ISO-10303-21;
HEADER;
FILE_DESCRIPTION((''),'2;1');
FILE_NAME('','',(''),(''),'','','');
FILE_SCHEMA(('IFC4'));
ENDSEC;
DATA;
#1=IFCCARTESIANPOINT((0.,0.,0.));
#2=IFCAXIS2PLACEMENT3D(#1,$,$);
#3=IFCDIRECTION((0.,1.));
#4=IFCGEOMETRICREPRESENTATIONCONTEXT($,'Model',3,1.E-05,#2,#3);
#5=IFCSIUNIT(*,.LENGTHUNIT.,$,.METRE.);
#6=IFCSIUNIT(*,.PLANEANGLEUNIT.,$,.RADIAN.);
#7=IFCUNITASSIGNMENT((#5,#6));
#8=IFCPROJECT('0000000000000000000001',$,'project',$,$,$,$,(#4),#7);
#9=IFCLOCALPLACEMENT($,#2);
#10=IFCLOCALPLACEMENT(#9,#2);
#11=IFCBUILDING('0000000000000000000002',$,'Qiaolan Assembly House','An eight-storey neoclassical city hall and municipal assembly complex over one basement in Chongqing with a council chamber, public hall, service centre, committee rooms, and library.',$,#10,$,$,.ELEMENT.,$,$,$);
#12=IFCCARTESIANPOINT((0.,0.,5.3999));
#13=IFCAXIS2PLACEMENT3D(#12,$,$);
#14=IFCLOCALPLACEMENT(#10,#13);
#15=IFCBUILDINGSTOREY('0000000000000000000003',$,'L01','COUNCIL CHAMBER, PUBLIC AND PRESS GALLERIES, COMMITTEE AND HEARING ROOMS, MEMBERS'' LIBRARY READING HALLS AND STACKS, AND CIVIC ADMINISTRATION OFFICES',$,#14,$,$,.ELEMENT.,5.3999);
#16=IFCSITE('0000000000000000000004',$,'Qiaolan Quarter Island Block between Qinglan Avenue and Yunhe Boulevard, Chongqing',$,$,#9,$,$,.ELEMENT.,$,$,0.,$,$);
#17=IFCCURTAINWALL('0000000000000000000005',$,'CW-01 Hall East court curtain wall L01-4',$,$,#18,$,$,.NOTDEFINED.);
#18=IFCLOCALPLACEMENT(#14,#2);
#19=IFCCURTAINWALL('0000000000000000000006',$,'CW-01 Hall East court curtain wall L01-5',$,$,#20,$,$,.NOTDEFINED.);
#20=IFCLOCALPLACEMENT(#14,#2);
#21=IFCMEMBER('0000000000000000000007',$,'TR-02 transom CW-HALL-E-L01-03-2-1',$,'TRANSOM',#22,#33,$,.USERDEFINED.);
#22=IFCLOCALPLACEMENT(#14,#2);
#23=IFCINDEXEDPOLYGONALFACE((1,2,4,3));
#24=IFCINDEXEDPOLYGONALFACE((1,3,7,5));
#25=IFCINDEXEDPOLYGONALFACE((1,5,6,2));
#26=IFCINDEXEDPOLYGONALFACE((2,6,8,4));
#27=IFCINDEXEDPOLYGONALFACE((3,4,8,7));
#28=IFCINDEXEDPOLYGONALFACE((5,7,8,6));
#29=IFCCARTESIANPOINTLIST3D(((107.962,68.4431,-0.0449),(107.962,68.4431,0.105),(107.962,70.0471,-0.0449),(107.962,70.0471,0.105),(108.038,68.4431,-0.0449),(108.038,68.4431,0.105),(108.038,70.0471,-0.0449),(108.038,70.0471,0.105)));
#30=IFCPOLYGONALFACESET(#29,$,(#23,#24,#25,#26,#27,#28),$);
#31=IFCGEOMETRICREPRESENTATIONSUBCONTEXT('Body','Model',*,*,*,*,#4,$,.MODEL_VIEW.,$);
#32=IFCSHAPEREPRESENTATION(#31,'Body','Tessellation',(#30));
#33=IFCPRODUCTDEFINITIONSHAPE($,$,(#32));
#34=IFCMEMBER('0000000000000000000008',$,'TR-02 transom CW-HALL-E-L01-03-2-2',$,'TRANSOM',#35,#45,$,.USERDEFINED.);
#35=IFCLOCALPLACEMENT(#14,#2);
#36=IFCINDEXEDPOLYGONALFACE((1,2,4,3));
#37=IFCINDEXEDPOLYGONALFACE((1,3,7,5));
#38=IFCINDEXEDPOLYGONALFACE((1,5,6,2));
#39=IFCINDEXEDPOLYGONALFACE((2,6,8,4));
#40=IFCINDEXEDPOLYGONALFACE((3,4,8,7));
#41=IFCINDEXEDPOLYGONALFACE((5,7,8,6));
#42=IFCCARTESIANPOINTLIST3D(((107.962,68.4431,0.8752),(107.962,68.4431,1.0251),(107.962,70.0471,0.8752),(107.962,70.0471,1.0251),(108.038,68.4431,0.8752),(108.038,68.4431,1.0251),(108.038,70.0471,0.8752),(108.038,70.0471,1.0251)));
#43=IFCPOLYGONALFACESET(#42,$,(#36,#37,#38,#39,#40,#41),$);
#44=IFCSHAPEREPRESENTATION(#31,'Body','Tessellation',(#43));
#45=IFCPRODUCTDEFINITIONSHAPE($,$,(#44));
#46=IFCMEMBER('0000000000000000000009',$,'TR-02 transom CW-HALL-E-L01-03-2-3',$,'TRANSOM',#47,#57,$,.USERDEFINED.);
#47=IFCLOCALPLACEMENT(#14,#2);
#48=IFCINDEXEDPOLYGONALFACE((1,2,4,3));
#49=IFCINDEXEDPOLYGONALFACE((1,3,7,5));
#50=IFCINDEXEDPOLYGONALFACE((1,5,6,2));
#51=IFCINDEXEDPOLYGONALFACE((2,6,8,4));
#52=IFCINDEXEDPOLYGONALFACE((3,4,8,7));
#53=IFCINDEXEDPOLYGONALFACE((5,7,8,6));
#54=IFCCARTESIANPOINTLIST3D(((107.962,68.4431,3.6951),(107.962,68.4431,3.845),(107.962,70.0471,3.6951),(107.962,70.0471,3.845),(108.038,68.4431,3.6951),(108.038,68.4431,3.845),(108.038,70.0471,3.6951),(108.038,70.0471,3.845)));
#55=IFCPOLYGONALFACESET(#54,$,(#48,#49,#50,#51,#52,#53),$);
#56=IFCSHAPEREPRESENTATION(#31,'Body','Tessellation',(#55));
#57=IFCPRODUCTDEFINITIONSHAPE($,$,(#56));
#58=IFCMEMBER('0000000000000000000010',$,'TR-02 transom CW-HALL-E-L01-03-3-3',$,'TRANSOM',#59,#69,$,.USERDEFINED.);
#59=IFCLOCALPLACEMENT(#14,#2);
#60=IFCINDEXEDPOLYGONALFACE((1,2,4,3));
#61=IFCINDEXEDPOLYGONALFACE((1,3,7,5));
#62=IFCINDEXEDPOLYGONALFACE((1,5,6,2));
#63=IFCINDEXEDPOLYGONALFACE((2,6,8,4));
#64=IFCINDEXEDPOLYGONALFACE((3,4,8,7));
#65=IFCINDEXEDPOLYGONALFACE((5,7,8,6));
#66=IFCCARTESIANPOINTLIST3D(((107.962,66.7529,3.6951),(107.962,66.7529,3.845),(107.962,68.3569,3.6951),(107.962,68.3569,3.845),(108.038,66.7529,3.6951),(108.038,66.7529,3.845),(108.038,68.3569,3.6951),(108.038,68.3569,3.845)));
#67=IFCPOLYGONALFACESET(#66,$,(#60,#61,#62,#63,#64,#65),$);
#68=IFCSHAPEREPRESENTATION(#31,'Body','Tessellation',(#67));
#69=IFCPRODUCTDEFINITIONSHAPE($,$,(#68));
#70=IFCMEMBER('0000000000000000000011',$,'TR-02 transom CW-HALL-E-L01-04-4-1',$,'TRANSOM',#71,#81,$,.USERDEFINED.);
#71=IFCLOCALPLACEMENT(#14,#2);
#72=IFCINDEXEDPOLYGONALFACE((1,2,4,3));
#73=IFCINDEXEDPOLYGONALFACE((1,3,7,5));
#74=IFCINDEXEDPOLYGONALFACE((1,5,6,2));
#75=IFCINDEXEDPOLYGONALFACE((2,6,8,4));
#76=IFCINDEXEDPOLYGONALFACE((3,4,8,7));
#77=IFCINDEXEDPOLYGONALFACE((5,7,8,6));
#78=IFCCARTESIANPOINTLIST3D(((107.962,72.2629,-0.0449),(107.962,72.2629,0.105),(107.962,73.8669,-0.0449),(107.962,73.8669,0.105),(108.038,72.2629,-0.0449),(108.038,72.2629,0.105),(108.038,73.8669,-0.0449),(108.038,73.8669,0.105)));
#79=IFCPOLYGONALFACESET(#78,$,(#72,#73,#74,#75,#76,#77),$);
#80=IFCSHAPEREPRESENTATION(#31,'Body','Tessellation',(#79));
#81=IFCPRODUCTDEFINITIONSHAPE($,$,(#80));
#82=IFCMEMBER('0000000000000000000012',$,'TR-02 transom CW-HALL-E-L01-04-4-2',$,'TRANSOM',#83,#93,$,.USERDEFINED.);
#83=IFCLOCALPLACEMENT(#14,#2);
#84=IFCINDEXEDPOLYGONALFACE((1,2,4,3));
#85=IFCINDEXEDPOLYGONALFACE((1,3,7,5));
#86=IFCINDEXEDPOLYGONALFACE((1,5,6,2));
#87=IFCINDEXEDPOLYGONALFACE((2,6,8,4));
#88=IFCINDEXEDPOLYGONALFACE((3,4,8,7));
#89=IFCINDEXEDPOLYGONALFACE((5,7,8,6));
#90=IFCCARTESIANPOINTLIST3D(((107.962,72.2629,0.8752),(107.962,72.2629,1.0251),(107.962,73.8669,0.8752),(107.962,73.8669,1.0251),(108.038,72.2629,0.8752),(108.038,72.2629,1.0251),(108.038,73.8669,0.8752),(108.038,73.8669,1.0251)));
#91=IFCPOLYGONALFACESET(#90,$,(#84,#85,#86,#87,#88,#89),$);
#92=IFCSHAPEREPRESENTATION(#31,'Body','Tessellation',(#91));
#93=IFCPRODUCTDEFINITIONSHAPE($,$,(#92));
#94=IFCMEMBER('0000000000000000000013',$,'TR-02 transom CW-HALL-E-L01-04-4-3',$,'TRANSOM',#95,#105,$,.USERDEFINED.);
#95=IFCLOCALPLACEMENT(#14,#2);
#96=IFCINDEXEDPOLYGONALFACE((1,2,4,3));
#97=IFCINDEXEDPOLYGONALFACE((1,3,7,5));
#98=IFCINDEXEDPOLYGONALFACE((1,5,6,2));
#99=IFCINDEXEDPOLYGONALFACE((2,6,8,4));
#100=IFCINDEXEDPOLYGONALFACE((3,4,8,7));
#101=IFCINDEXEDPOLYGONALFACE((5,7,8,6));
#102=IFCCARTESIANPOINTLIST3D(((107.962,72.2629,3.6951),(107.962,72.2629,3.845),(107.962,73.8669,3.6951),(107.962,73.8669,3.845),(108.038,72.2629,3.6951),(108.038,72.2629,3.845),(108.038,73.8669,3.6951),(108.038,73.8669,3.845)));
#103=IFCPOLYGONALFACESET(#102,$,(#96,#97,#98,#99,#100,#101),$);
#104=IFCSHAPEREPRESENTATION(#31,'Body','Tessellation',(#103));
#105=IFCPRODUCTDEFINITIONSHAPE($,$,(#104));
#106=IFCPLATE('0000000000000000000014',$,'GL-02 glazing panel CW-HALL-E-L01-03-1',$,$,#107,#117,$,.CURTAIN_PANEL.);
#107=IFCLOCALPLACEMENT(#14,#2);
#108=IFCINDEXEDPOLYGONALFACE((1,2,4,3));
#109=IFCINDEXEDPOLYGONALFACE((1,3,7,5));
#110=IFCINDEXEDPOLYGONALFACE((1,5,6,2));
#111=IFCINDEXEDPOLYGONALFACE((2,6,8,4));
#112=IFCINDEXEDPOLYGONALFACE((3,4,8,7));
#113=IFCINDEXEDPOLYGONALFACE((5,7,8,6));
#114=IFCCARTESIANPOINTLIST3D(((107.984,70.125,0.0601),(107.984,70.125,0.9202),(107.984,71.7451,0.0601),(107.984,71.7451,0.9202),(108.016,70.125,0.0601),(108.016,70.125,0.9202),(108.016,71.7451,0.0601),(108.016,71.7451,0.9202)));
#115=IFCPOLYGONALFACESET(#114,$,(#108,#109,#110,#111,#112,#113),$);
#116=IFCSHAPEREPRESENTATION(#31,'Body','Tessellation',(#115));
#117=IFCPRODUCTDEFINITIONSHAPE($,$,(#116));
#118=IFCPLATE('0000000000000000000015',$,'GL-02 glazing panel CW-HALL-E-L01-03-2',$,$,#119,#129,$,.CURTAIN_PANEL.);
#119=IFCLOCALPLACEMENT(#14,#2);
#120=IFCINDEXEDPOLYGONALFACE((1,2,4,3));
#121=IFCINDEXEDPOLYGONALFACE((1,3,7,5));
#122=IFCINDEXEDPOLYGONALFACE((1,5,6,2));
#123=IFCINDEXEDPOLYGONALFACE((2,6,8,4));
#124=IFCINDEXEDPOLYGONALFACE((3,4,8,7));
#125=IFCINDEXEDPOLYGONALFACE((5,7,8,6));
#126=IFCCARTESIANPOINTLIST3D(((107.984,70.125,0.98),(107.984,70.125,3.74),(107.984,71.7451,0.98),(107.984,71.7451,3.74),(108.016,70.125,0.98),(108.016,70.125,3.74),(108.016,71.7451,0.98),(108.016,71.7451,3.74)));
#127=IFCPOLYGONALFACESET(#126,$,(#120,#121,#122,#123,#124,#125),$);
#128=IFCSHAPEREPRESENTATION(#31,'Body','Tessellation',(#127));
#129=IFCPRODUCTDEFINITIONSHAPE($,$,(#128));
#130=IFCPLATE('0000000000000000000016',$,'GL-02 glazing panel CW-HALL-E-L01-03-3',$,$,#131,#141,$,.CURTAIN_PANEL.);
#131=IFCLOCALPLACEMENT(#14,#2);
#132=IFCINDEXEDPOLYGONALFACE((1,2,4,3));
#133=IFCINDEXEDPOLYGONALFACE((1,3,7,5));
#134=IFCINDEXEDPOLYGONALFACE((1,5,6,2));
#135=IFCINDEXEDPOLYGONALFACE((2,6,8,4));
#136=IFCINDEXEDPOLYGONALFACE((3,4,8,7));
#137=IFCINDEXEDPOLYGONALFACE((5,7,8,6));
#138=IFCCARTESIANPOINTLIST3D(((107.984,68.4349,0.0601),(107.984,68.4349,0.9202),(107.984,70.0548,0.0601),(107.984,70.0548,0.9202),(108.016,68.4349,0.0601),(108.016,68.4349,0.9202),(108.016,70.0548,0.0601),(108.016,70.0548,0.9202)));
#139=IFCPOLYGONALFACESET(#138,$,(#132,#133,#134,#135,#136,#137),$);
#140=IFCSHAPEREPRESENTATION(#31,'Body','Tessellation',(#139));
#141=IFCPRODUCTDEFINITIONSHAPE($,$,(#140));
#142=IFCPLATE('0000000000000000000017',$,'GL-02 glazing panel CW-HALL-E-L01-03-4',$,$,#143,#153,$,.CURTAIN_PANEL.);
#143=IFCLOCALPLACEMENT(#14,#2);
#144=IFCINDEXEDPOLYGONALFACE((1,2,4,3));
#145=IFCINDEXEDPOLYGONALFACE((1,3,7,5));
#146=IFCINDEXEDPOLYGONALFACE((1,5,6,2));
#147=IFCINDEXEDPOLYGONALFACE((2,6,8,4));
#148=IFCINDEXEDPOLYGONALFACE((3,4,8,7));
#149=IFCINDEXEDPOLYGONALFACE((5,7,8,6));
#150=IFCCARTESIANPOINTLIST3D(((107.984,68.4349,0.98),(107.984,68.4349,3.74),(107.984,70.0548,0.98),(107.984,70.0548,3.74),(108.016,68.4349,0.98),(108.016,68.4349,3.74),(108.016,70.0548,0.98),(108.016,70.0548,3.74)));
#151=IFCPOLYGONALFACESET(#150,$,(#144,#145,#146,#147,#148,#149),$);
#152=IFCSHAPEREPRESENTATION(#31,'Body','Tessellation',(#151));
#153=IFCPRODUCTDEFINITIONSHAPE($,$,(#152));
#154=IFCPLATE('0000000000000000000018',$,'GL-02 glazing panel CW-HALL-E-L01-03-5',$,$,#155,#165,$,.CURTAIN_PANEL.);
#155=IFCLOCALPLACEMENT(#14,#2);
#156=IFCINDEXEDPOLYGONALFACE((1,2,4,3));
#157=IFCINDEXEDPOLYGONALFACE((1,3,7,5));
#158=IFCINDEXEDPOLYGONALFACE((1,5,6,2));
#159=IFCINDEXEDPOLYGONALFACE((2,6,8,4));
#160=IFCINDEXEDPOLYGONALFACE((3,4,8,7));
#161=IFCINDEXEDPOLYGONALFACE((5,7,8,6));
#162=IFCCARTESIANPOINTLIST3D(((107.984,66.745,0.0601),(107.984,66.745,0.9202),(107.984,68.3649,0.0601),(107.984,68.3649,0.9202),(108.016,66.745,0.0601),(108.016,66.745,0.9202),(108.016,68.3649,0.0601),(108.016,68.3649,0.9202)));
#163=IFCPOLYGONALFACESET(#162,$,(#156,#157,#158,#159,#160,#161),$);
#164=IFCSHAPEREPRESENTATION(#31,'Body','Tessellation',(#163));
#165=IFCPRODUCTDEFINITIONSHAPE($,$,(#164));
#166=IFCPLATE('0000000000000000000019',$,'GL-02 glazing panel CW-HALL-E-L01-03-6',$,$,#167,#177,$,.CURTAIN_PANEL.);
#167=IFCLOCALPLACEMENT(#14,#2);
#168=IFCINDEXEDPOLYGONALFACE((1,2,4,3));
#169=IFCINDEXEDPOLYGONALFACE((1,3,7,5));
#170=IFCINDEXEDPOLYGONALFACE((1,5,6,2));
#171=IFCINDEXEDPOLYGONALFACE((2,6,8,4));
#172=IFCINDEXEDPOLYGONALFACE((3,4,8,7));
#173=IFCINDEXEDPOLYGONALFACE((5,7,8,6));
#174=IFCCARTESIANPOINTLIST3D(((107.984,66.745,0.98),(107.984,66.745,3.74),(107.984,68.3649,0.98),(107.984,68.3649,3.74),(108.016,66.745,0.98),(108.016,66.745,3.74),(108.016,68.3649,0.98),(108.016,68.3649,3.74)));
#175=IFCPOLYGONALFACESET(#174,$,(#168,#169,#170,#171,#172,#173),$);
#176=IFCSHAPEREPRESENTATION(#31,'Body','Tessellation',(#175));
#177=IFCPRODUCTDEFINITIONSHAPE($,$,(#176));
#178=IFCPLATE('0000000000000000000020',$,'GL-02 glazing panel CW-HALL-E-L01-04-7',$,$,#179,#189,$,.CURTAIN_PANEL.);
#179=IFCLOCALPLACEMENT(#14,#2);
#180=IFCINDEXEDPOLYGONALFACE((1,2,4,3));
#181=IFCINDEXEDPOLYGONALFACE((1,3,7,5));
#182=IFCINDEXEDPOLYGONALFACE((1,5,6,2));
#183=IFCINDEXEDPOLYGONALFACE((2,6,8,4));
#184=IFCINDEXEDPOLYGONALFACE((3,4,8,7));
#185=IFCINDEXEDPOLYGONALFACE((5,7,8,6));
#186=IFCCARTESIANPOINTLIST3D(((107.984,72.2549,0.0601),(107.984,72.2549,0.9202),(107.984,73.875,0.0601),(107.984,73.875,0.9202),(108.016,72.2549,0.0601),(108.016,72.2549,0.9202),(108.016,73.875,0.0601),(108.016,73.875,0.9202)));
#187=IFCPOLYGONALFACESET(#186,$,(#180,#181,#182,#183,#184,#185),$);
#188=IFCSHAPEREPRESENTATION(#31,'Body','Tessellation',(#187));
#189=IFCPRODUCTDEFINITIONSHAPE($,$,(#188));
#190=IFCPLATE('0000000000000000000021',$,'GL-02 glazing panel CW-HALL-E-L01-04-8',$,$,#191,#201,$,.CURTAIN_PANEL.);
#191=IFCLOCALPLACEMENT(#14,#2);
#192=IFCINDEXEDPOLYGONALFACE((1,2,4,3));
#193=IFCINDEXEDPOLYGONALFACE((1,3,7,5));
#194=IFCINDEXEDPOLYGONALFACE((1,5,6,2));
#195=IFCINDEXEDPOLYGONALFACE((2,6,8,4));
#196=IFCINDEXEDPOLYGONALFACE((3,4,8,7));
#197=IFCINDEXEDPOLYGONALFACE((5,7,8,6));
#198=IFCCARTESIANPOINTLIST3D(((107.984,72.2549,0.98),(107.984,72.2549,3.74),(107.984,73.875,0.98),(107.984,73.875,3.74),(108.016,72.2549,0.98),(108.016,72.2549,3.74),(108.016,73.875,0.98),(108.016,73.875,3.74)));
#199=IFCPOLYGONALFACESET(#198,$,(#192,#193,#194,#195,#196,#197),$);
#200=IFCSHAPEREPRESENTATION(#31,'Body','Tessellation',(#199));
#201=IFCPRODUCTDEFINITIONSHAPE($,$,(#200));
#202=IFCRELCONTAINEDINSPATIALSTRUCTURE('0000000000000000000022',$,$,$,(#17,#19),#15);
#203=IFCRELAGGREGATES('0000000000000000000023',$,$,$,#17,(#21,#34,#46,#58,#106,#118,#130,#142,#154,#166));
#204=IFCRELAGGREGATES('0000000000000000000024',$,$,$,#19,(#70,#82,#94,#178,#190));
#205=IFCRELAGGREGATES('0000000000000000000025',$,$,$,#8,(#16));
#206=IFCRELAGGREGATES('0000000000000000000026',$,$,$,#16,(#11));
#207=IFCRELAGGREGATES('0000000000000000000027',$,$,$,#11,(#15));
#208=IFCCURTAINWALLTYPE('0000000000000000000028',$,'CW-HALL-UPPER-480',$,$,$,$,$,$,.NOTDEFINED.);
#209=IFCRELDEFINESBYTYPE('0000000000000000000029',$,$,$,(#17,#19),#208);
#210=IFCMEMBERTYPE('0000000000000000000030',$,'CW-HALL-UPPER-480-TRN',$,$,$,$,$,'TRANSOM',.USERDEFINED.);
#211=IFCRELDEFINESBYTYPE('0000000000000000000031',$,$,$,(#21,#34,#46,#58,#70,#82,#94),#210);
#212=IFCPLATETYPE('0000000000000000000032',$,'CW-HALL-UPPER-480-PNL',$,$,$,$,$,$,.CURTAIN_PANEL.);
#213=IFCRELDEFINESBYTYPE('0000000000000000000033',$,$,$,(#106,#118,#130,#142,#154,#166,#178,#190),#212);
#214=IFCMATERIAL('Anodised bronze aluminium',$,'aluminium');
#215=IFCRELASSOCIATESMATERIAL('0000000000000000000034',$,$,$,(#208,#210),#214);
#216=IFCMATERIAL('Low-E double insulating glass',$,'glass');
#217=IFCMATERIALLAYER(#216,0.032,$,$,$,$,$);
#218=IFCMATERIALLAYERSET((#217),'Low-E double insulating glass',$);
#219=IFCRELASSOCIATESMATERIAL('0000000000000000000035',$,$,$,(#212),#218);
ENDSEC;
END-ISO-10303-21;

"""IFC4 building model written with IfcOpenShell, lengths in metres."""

from ifc_helpers import new_model, si_unit, direction, frame, frame_2d, origin, origin_2d, place, context, subcontext, project, spatial, rectangle, extrude, material, layer, layer_set, material_profile, profile_set, type_object, element, aggregate, save


model = new_model("IFC4")

# Units and contexts
model_context = context("Model", 3, precision=1e-05, world=origin(), true_north=direction((0.0, 1.0)))
body_context = subcontext(model_context, "Body", "Model", "MODEL_VIEW")
ifc_project = project(units=[si_unit("LENGTHUNIT", "METRE"), si_unit("PLANEANGLEUNIT", "RADIAN")], contexts=[model_context])

# Site, building, storey
site_placement = place(None, origin())
site = spatial("IfcSite", under=ifc_project, at=site_placement, Name="Qiaolan Quarter Island Block between Qinglan Avenue and Yunhe Boulevard, Chongqing", CompositionType="ELEMENT", RefElevation=0.0)
building_placement = place(site_placement, origin())
building = spatial("IfcBuilding", under=site, at=building_placement, Name="Qiaolan Assembly House", Description="An eight-storey neoclassical city hall and municipal assembly complex over one basement in Chongqing with a council chamber, public hall, service centre, committee rooms, and library.", CompositionType="ELEMENT")
storey_placement = place(building_placement, frame((0.0, 0.0, 5.3999)))
storey = spatial("IfcBuildingStorey", under=building, at=storey_placement, Name="L01", Description="COUNCIL CHAMBER, PUBLIC AND PRESS GALLERIES, COMMITTEE AND HEARING ROOMS, MEMBERS' LIBRARY READING HALLS AND STACKS, AND CIVIC ADMINISTRATION OFFICES", CompositionType="ELEMENT", Elevation=5.3999)

# Curtain wall
ifc_material_1 = material(Name="Anodised bronze aluminium", Category="aluminium")
curtain_wall_type = type_object("IfcCurtainWallType", Name="CW-HALL-UPPER-480", PredefinedType="NOTDEFINED", material=ifc_material_1)
curtain_wall_1_placement = place(storey_placement, origin())
curtain_wall_1 = element("IfcCurtainWall", 1, at=curtain_wall_1_placement, inside=storey, type_object=curtain_wall_type, Name="CW-01 Hall East court curtain wall L01-4", PredefinedType="NOTDEFINED")

# Curtain wall
curtain_wall_2_placement = place(storey_placement, origin())
curtain_wall_2 = element("IfcCurtainWall", 2, at=curtain_wall_2_placement, inside=storey, type_object=curtain_wall_type, Name="CW-01 Hall East court curtain wall L01-5", PredefinedType="NOTDEFINED")

# Members
ifc_material_profile_1 = material_profile(ifc_material_1, rectangle(XDim=0.0759, YDim=0.1499, at=origin_2d()), Name="TRN 76x150")
ifc_profile_set_1 = profile_set([ifc_material_profile_1], Name="Anodised bronze aluminium")
member_type_1 = type_object("IfcMemberType", Name="CW-HALL-UPPER-480-TRN", ElementType="TRANSOM", PredefinedType="USERDEFINED", material=ifc_profile_set_1)
member_1_placement = place(storey_placement, frame((108.0, 70.0471, 0.03), z_axis=(0.0, -1.0, 0.0), x_axis=(1.0, 0.0, 0.0)))
member_1 = element("IfcMember", 3, at=member_1_placement, type_object=member_type_1, Name="TR-02 transom CW-HALL-E-L01-03-2-1", ObjectType="TRANSOM", PredefinedType="USERDEFINED", context=body_context, shape_type="SweptSolid", body=[
    extrude(rectangle(XDim=0.0759, YDim=0.1499, at=origin_2d()), origin(), (0.0, 0.0, 1.0), 1.604),
])
member_2_placement = place(storey_placement, frame((108.0, 70.0471, 0.9502), z_axis=(0.0, -1.0, 0.0), x_axis=(1.0, 0.0, 0.0)))
member_2 = element("IfcMember", 4, at=member_2_placement, type_object=member_type_1, Name="TR-02 transom CW-HALL-E-L01-03-2-2", ObjectType="TRANSOM", PredefinedType="USERDEFINED", context=body_context, shape_type="SweptSolid", body=[
    extrude(rectangle(XDim=0.0759, YDim=0.1499, at=origin_2d()), origin(), (0.0, 0.0, 1.0), 1.604),
])
member_3_placement = place(storey_placement, frame((108.0, 70.0471, 3.77), z_axis=(0.0, -1.0, 0.0), x_axis=(1.0, 0.0, 0.0)))
member_3 = element("IfcMember", 5, at=member_3_placement, type_object=member_type_1, Name="TR-02 transom CW-HALL-E-L01-03-2-3", ObjectType="TRANSOM", PredefinedType="USERDEFINED", context=body_context, shape_type="SweptSolid", body=[
    extrude(rectangle(XDim=0.0759, YDim=0.1499, at=origin_2d()), origin(), (0.0, 0.0, 1.0), 1.604),
])
member_4_placement = place(storey_placement, frame((108.0, 68.3569, 3.77), z_axis=(0.0, -1.0, 0.0), x_axis=(1.0, 0.0, 0.0)))
member_4 = element("IfcMember", 6, at=member_4_placement, type_object=member_type_1, Name="TR-02 transom CW-HALL-E-L01-03-3-3", ObjectType="TRANSOM", PredefinedType="USERDEFINED", context=body_context, shape_type="SweptSolid", body=[
    extrude(rectangle(XDim=0.0759, YDim=0.1499, at=origin_2d()), origin(), (0.0, 0.0, 1.0), 1.604),
])
member_5_placement = place(storey_placement, frame((108.0, 73.8669, 0.03), z_axis=(0.0, -1.0, 0.0), x_axis=(1.0, 0.0, 0.0)))
member_5 = element("IfcMember", 7, at=member_5_placement, type_object=member_type_1, Name="TR-02 transom CW-HALL-E-L01-04-4-1", ObjectType="TRANSOM", PredefinedType="USERDEFINED", context=body_context, shape_type="SweptSolid", body=[
    extrude(rectangle(XDim=0.0759, YDim=0.1499, at=origin_2d()), origin(), (0.0, 0.0, 1.0), 1.604),
])
member_6_placement = place(storey_placement, frame((108.0, 73.8669, 0.9502), z_axis=(0.0, -1.0, 0.0), x_axis=(1.0, 0.0, 0.0)))
member_6 = element("IfcMember", 8, at=member_6_placement, type_object=member_type_1, Name="TR-02 transom CW-HALL-E-L01-04-4-2", ObjectType="TRANSOM", PredefinedType="USERDEFINED", context=body_context, shape_type="SweptSolid", body=[
    extrude(rectangle(XDim=0.0759, YDim=0.1499, at=origin_2d()), origin(), (0.0, 0.0, 1.0), 1.604),
])
member_7_placement = place(storey_placement, frame((108.0, 73.8669, 3.77), z_axis=(0.0, -1.0, 0.0), x_axis=(1.0, 0.0, 0.0)))
member_7 = element("IfcMember", 9, at=member_7_placement, type_object=member_type_1, Name="TR-02 transom CW-HALL-E-L01-04-4-3", ObjectType="TRANSOM", PredefinedType="USERDEFINED", context=body_context, shape_type="SweptSolid", body=[
    extrude(rectangle(XDim=0.0759, YDim=0.1499, at=origin_2d()), origin(), (0.0, 0.0, 1.0), 1.604),
])

# Plates
ifc_material_2 = material(Name="Low-E double insulating glass", Category="glass")
ifc_layer = layer(ifc_material_2, 0.032)
ifc_layer_set = layer_set([ifc_layer], Name="Low-E double insulating glass")
plate_type = type_object("IfcPlateType", Name="CW-HALL-UPPER-480-PNL", PredefinedType="CURTAIN_PANEL", material=ifc_layer_set)
plate_1_placement = place(storey_placement, frame((108.0, 71.7451, 0.0601), z_axis=(0.0, 0.0, 1.0), x_axis=(0.0, -1.0, 0.0)))
plate_1 = element("IfcPlate", 10, at=plate_1_placement, type_object=plate_type, Name="GL-02 glazing panel CW-HALL-E-L01-03-1", PredefinedType="CURTAIN_PANEL", context=body_context, shape_type="SweptSolid", body=[
    extrude(rectangle(XDim=1.6201, YDim=0.032, at=frame_2d((0.8101, 0.0))), origin(), (0.0, 0.0, 1.0), 0.8601),
])
plate_2_placement = place(storey_placement, frame((108.0, 71.7451, 0.98), z_axis=(0.0, 0.0, 1.0), x_axis=(0.0, -1.0, 0.0)))
plate_2 = element("IfcPlate", 11, at=plate_2_placement, type_object=plate_type, Name="GL-02 glazing panel CW-HALL-E-L01-03-2", PredefinedType="CURTAIN_PANEL", context=body_context, shape_type="SweptSolid", body=[
    extrude(rectangle(XDim=1.6201, YDim=0.032, at=frame_2d((0.8101, 0.0))), origin(), (0.0, 0.0, 1.0), 2.76),
])
plate_3_placement = place(storey_placement, frame((108.0, 70.0549, 0.0601), z_axis=(0.0, 0.0, 1.0), x_axis=(0.0, -1.0, 0.0)))
plate_3 = element("IfcPlate", 12, at=plate_3_placement, type_object=plate_type, Name="GL-02 glazing panel CW-HALL-E-L01-03-3", PredefinedType="CURTAIN_PANEL", context=body_context, shape_type="SweptSolid", body=[
    extrude(rectangle(XDim=1.6199, YDim=0.032, at=frame_2d((0.8101, 0.0))), origin(), (0.0, 0.0, 1.0), 0.8601),
])
plate_4_placement = place(storey_placement, frame((108.0, 70.0549, 0.98), z_axis=(0.0, 0.0, 1.0), x_axis=(0.0, -1.0, 0.0)))
plate_4 = element("IfcPlate", 13, at=plate_4_placement, type_object=plate_type, Name="GL-02 glazing panel CW-HALL-E-L01-03-4", PredefinedType="CURTAIN_PANEL", context=body_context, shape_type="SweptSolid", body=[
    extrude(rectangle(XDim=1.6199, YDim=0.032, at=frame_2d((0.8101, 0.0))), origin(), (0.0, 0.0, 1.0), 2.76),
])
plate_5_placement = place(storey_placement, frame((108.0, 68.365, 0.0601), z_axis=(0.0, 0.0, 1.0), x_axis=(0.0, -1.0, 0.0)))
plate_5 = element("IfcPlate", 14, at=plate_5_placement, type_object=plate_type, Name="GL-02 glazing panel CW-HALL-E-L01-03-5", PredefinedType="CURTAIN_PANEL", context=body_context, shape_type="SweptSolid", body=[
    extrude(rectangle(XDim=1.6199, YDim=0.032, at=frame_2d((0.8101, 0.0))), origin(), (0.0, 0.0, 1.0), 0.8601),
])
plate_6_placement = place(storey_placement, frame((108.0, 68.365, 0.98), z_axis=(0.0, 0.0, 1.0), x_axis=(0.0, -1.0, 0.0)))
plate_6 = element("IfcPlate", 15, at=plate_6_placement, type_object=plate_type, Name="GL-02 glazing panel CW-HALL-E-L01-03-6", PredefinedType="CURTAIN_PANEL", context=body_context, shape_type="SweptSolid", body=[
    extrude(rectangle(XDim=1.6199, YDim=0.032, at=frame_2d((0.8101, 0.0))), origin(), (0.0, 0.0, 1.0), 2.76),
])
aggregate(curtain_wall_1, [member_1, member_2, member_3, member_4, plate_1, plate_2, plate_3, plate_4, plate_5, plate_6])
plate_7_placement = place(storey_placement, frame((108.0, 73.875, 0.0601), z_axis=(0.0, 0.0, 1.0), x_axis=(0.0, -1.0, 0.0)))
plate_7 = element("IfcPlate", 16, at=plate_7_placement, type_object=plate_type, Name="GL-02 glazing panel CW-HALL-E-L01-04-7", PredefinedType="CURTAIN_PANEL", context=body_context, shape_type="SweptSolid", body=[
    extrude(rectangle(XDim=1.6201, YDim=0.032, at=frame_2d((0.8101, 0.0))), origin(), (0.0, 0.0, 1.0), 0.8601),
])
plate_8_placement = place(storey_placement, frame((108.0, 73.875, 0.98), z_axis=(0.0, 0.0, 1.0), x_axis=(0.0, -1.0, 0.0)))
plate_8 = element("IfcPlate", 17, at=plate_8_placement, type_object=plate_type, Name="GL-02 glazing panel CW-HALL-E-L01-04-8", PredefinedType="CURTAIN_PANEL", context=body_context, shape_type="SweptSolid", body=[
    extrude(rectangle(XDim=1.6201, YDim=0.032, at=frame_2d((0.8101, 0.0))), origin(), (0.0, 0.0, 1.0), 2.76),
])
aggregate(curtain_wall_2, [member_5, member_6, member_7, plate_7, plate_8])

save(model, "model.ifc")
